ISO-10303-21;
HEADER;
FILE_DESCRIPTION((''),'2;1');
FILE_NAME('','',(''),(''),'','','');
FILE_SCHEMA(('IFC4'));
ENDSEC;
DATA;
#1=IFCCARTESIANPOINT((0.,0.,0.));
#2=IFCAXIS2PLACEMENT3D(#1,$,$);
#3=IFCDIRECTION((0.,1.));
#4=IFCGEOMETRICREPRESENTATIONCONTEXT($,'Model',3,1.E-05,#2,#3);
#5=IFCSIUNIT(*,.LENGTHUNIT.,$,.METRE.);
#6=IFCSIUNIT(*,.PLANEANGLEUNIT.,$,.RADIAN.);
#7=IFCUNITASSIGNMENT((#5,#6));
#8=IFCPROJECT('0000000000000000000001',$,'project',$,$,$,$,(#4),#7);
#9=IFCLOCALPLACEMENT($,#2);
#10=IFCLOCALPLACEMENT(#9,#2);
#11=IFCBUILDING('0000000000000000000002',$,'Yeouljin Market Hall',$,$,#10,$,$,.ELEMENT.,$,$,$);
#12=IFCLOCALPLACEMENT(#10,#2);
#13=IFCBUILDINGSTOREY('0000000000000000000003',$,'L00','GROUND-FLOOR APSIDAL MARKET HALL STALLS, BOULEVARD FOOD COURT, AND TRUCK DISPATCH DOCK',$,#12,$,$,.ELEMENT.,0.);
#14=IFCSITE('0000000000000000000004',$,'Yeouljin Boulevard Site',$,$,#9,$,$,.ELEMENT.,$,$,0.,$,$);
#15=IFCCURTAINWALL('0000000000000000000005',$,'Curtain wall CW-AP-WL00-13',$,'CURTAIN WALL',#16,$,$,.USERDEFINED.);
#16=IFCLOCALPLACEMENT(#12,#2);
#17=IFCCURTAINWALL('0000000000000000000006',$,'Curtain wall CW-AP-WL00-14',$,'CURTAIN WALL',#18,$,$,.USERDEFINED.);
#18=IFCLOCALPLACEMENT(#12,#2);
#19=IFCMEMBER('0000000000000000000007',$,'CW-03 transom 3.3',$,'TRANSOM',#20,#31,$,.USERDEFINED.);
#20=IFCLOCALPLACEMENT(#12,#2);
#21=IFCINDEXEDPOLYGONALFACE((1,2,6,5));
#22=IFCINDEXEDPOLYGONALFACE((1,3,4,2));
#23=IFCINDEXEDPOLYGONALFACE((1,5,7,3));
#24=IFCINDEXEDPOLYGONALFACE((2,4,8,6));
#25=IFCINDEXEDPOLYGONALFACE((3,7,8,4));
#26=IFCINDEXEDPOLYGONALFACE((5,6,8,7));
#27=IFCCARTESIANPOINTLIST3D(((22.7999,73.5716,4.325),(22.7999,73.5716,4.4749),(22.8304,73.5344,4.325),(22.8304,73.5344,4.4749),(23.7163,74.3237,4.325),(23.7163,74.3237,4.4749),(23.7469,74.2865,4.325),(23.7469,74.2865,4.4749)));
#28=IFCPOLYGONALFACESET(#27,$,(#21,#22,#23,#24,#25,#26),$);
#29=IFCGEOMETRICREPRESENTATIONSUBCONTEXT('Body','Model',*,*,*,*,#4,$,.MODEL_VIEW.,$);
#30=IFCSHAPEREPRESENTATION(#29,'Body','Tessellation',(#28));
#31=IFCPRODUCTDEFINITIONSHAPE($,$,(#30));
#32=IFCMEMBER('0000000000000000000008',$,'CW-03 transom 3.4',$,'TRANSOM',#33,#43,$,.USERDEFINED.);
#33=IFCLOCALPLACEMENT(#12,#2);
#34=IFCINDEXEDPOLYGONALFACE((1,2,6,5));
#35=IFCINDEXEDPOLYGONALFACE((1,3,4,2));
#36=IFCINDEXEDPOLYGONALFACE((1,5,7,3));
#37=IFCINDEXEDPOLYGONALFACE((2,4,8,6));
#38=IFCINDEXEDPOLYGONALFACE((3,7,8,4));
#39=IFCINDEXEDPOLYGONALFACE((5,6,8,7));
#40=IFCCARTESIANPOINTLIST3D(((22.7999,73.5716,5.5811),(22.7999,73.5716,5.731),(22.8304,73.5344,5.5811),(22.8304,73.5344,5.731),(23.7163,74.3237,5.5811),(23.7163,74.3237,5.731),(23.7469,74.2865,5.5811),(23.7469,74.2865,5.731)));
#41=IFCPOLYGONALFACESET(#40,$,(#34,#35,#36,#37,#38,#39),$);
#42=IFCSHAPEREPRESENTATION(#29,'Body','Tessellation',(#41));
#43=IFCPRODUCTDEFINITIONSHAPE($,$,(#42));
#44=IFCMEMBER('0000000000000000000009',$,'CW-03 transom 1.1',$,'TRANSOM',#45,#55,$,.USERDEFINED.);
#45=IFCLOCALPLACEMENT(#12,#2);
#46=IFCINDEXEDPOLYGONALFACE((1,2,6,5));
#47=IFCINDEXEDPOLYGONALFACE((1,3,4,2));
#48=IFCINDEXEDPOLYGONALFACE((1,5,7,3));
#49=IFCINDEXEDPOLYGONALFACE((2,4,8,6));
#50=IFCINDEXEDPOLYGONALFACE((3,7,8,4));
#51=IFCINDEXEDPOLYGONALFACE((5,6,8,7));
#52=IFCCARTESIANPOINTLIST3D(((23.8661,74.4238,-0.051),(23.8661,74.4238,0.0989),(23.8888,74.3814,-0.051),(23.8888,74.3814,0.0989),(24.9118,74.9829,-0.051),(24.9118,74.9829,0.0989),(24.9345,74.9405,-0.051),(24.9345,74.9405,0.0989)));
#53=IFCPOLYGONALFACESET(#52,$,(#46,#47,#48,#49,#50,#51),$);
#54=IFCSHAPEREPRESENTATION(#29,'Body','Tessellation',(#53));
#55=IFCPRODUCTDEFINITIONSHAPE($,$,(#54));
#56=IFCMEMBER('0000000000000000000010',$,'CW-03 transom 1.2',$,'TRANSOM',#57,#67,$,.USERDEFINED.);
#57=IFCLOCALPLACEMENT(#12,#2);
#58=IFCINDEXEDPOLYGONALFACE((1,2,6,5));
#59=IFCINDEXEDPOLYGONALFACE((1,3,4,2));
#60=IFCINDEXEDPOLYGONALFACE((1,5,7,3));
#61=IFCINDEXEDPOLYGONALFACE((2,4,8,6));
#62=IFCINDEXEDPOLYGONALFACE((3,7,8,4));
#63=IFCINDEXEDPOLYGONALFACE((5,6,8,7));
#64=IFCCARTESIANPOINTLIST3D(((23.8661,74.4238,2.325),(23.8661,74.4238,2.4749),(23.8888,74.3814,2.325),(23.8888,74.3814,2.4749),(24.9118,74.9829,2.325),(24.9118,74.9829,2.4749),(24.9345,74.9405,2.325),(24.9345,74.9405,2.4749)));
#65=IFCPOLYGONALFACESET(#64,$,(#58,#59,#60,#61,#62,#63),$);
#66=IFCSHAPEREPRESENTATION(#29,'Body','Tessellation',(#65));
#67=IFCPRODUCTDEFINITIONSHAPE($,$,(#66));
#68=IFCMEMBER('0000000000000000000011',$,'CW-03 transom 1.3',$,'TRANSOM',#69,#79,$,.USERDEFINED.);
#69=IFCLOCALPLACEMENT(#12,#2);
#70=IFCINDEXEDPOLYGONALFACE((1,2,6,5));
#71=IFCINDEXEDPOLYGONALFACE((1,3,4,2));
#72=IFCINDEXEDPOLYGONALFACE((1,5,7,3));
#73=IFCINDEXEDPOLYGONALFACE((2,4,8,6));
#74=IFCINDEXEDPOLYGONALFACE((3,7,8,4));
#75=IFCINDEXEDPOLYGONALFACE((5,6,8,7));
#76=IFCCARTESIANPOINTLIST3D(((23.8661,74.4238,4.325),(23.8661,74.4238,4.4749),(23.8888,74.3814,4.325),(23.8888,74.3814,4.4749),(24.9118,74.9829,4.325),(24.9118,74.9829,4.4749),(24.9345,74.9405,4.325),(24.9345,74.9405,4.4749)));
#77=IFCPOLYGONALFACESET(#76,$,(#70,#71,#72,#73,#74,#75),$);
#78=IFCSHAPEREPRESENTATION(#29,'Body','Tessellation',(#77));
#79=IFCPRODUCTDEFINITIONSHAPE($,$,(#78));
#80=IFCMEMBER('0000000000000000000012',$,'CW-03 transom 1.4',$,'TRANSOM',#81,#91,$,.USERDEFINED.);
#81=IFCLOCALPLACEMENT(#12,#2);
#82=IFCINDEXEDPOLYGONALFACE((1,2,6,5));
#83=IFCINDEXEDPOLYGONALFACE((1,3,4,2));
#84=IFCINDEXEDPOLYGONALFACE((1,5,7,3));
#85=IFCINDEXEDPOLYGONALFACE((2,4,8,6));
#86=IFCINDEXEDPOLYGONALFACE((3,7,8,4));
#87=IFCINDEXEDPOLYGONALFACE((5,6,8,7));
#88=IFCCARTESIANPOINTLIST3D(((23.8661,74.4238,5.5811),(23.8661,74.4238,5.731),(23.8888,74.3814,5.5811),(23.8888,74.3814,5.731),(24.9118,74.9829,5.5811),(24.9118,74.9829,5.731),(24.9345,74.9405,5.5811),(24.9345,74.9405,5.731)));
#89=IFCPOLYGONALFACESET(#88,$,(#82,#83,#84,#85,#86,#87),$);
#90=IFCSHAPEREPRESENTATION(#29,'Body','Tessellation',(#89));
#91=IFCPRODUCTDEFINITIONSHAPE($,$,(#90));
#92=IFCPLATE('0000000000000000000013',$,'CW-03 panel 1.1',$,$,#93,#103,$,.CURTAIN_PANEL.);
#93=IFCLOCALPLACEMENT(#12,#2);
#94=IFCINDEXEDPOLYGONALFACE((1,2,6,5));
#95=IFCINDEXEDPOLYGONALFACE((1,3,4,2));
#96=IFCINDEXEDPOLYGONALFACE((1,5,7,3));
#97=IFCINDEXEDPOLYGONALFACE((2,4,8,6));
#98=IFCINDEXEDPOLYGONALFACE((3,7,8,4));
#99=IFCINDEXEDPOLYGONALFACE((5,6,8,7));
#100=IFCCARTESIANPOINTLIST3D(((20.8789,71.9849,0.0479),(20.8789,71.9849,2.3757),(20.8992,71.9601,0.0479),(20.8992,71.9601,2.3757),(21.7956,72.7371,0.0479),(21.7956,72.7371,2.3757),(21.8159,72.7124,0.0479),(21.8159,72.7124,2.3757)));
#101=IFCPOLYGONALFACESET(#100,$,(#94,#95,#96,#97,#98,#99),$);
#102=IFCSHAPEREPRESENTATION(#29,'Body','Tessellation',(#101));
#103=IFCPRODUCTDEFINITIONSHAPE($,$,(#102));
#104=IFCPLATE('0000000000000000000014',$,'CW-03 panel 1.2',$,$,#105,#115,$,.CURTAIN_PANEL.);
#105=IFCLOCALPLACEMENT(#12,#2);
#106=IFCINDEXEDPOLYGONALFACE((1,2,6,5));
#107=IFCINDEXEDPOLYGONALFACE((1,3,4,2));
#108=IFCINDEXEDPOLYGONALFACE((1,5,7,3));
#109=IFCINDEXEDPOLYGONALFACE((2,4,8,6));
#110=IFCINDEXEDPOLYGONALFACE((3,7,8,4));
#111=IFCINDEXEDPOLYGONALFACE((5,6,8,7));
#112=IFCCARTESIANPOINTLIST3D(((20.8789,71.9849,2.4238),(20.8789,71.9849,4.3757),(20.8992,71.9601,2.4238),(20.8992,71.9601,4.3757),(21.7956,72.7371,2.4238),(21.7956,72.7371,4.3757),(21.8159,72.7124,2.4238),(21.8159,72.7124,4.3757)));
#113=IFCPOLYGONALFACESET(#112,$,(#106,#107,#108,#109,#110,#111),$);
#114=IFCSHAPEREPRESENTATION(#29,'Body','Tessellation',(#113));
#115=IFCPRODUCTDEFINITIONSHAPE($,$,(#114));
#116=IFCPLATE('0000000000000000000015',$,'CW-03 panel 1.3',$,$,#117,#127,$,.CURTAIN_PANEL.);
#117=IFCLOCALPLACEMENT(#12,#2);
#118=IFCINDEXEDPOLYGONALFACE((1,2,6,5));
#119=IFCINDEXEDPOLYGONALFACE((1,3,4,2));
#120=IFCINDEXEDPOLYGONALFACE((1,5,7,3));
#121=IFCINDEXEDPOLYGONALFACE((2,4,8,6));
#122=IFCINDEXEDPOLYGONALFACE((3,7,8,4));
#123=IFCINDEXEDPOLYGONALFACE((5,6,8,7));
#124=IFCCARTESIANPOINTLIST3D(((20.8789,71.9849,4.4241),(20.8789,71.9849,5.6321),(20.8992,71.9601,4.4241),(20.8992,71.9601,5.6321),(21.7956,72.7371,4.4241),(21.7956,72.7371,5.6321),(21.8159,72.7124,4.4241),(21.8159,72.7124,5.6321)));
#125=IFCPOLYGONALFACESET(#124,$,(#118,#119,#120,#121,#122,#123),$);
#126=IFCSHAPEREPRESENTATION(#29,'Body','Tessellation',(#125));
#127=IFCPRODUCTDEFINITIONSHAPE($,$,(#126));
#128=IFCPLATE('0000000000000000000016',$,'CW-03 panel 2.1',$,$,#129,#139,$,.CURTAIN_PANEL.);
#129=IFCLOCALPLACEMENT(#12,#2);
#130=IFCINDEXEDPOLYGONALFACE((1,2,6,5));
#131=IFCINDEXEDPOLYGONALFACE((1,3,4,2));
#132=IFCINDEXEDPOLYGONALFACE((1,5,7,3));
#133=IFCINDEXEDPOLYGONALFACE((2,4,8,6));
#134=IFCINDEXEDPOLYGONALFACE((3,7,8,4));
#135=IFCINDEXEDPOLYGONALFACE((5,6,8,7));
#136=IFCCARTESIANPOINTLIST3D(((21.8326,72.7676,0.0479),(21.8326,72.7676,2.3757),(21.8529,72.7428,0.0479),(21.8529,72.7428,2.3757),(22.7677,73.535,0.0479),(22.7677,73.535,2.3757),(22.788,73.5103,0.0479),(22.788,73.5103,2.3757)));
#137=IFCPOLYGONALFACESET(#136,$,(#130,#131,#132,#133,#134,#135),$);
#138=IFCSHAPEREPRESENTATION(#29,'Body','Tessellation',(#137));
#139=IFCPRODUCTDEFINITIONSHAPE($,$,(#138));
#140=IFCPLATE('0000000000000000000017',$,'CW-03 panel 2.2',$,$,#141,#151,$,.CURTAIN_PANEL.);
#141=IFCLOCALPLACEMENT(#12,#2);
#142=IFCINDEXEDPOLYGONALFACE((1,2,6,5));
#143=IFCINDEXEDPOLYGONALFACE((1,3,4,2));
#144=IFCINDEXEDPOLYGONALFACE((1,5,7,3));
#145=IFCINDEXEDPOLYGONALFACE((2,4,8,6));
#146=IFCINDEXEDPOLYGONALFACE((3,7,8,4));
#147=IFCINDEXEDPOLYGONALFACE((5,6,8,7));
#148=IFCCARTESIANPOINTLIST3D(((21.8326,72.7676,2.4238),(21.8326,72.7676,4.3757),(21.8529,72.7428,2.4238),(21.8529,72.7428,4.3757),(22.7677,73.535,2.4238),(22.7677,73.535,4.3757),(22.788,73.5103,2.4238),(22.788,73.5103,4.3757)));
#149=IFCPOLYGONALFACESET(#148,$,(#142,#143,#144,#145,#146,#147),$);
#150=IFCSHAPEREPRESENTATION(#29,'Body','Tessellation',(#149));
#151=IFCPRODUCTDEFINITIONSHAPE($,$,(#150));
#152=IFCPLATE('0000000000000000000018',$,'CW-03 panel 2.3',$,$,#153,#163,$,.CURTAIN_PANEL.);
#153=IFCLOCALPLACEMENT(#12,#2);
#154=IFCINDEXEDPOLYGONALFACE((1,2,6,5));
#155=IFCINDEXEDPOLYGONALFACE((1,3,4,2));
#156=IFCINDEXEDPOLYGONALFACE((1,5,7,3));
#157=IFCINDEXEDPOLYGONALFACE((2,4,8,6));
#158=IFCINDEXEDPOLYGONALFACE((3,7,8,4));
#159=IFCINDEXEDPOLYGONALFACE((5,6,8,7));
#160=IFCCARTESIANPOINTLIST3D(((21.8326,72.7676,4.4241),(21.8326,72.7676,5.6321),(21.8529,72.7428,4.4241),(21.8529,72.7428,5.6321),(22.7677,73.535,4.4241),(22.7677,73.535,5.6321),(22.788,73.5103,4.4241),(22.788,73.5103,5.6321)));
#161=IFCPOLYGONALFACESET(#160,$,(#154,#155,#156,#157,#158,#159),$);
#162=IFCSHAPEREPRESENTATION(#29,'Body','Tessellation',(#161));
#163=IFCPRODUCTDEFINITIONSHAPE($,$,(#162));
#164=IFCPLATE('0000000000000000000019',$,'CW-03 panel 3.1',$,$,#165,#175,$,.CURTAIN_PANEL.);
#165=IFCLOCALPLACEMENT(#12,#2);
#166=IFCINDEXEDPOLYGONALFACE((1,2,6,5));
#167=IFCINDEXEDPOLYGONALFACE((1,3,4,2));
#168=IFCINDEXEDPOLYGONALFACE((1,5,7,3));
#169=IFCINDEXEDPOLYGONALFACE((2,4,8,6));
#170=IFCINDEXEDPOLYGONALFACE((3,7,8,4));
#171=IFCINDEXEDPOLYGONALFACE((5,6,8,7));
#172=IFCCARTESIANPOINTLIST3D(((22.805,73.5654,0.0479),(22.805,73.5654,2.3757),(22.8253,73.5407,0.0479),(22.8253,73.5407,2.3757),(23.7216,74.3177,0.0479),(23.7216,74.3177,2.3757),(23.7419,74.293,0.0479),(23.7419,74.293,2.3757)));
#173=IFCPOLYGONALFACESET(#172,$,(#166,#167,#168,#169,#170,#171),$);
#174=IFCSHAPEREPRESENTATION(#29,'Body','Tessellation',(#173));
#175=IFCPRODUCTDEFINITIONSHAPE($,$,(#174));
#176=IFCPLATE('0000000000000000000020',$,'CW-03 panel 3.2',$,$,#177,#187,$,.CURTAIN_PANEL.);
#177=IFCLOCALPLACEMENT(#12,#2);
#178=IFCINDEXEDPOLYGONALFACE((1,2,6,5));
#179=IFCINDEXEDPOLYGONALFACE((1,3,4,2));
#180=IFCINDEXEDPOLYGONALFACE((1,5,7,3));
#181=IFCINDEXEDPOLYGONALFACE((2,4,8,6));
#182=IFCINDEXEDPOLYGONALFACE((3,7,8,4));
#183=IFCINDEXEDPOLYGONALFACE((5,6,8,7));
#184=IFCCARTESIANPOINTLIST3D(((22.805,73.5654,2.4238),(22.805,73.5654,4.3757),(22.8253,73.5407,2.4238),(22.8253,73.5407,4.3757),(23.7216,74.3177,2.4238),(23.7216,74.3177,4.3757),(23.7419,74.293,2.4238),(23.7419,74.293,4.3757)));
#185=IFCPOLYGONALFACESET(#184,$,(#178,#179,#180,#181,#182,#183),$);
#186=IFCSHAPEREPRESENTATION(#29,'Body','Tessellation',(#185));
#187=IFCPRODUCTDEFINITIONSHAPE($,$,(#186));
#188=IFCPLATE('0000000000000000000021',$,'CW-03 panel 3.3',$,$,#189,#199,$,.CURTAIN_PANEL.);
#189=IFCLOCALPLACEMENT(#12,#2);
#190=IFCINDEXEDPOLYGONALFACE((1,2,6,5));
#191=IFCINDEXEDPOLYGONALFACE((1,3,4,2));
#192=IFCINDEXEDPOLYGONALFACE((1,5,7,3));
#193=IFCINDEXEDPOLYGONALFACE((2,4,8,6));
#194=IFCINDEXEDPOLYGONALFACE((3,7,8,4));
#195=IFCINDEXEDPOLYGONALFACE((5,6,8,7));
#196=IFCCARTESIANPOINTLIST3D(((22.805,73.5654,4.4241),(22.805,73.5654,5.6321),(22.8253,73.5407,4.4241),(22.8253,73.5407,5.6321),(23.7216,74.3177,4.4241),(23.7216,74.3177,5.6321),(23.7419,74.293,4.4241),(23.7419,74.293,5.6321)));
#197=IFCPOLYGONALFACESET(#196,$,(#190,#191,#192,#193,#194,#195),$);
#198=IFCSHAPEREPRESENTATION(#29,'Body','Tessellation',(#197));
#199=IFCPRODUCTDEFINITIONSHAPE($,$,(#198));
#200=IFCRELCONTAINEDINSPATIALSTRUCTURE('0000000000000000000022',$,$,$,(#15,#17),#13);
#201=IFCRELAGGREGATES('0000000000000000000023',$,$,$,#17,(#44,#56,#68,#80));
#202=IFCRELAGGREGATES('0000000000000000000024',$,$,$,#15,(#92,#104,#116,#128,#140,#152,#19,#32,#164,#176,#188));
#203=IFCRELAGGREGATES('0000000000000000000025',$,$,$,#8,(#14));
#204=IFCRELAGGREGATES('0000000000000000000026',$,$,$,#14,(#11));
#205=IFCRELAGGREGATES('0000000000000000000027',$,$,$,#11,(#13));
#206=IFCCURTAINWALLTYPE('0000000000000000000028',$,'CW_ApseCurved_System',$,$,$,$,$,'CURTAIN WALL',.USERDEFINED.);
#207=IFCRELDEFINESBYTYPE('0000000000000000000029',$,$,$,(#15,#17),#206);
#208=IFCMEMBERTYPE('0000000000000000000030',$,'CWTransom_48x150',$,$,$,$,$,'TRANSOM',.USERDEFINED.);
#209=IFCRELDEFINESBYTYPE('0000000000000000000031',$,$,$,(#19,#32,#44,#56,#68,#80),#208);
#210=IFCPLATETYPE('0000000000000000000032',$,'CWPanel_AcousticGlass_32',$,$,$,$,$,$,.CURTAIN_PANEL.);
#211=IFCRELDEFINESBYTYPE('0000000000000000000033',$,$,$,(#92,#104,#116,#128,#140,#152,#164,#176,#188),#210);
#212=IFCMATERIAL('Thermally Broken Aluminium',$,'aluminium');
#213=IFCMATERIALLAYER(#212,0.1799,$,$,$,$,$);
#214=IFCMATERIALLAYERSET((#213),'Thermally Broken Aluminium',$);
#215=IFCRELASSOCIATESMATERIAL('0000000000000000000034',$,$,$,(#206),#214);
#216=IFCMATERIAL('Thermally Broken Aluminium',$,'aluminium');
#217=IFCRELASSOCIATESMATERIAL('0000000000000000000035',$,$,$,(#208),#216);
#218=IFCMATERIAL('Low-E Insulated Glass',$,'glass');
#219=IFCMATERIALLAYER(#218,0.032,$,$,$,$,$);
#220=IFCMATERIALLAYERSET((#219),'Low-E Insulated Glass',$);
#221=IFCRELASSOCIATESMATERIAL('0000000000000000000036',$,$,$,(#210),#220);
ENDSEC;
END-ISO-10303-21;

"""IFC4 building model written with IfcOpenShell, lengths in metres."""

from ifc_helpers import new_model, si_unit, direction, frame, origin, origin_2d, place, context, subcontext, project, spatial, rectangle, extrude, material, layer, layer_set, material_profile, profile_set, type_object, element, aggregate, save


model = new_model("IFC4")

# Units and contexts
model_context = context("Model", 3, precision=1e-05, world=origin(), true_north=direction((0.0, 1.0)))
body_context = subcontext(model_context, "Body", "Model", "MODEL_VIEW")
ifc_project = project(units=[si_unit("LENGTHUNIT", "METRE"), si_unit("PLANEANGLEUNIT", "RADIAN")], contexts=[model_context])

# Site, building, storey
site_placement = place(None, origin())
site = spatial("IfcSite", under=ifc_project, at=site_placement, Name="Yeouljin Boulevard Site", CompositionType="ELEMENT", RefElevation=0.0)
building_placement = place(site_placement, origin())
building = spatial("IfcBuilding", under=site, at=building_placement, Name="Yeouljin Market Hall", CompositionType="ELEMENT")
storey_placement = place(building_placement, origin())
storey = spatial("IfcBuildingStorey", under=building, at=storey_placement, Name="L00", Description="GROUND-FLOOR APSIDAL MARKET HALL STALLS, BOULEVARD FOOD COURT, AND TRUCK DISPATCH DOCK", CompositionType="ELEMENT", Elevation=0.0)

# Curtain wall
ifc_material_1 = material(Name="Thermally Broken Aluminium", Category="aluminium")
ifc_layer_1 = layer(ifc_material_1, 0.1799)
ifc_layer_set_1 = layer_set([ifc_layer_1], Name="Thermally Broken Aluminium")
curtain_wall_type = type_object("IfcCurtainWallType", Name="CW_ApseCurved_System", ElementType="CURTAIN WALL", PredefinedType="USERDEFINED", material=ifc_layer_set_1)
curtain_wall_1_placement = place(storey_placement, origin())
curtain_wall_1 = element("IfcCurtainWall", 1, at=curtain_wall_1_placement, inside=storey, type_object=curtain_wall_type, Name="Curtain wall CW-AP-WL00-13", ObjectType="CURTAIN WALL", PredefinedType="USERDEFINED")

# Curtain wall
curtain_wall_2_placement = place(storey_placement, origin())
curtain_wall_2 = element("IfcCurtainWall", 2, at=curtain_wall_2_placement, inside=storey, type_object=curtain_wall_type, Name="Curtain wall CW-AP-WL00-14", ObjectType="CURTAIN WALL", PredefinedType="USERDEFINED")

# Members
ifc_material_2 = material(Name="Thermally Broken Aluminium", Category="aluminium")
ifc_material_profile_1 = material_profile(ifc_material_2, rectangle(XDim=0.0481, YDim=0.1499, at=origin_2d()), Name="CW-TRAN-48x150")
ifc_profile_set_1 = profile_set([ifc_material_profile_1], Name="Thermally Broken Aluminium")
member_type_1 = type_object("IfcMemberType", Name="CWTransom_48x150", ElementType="TRANSOM", PredefinedType="USERDEFINED", material=ifc_profile_set_1)
member_1_placement = place(storey_placement, frame((22.8152, 73.553, 4.3999), z_axis=(0.772993, 0.634414, 0.0), x_axis=(-0.634414, 0.772993, 0.0)))
member_1 = element("IfcMember", 3, at=member_1_placement, type_object=member_type_1, Name="CW-03 transom 3.3", ObjectType="TRANSOM", PredefinedType="USERDEFINED", context=body_context, shape_type="SweptSolid", body=[
    extrude(rectangle(XDim=0.0481, YDim=0.1499, at=origin_2d()), origin(), (0.0, 0.0, 1.0), 1.1855),
])
member_2_placement = place(storey_placement, frame((22.8152, 73.553, 5.656), z_axis=(0.772993, 0.634414, 0.0), x_axis=(-0.634414, 0.772993, 0.0)))
member_2 = element("IfcMember", 4, at=member_2_placement, type_object=member_type_1, Name="CW-03 transom 3.4", ObjectType="TRANSOM", PredefinedType="USERDEFINED", context=body_context, shape_type="SweptSolid", body=[
    extrude(rectangle(XDim=0.0481, YDim=0.1499, at=origin_2d()), origin(), (0.0, 0.0, 1.0), 1.1855),
])
member_3_placement = place(storey_placement, frame((23.8774, 74.4026, 0.0239), z_axis=(0.881862, 0.471507, 0.0), x_axis=(-0.471507, 0.881862, 0.0)))
member_3 = element("IfcMember", 5, at=member_3_placement, type_object=member_type_1, Name="CW-03 transom 1.1", ObjectType="TRANSOM", PredefinedType="USERDEFINED", context=body_context, shape_type="SweptSolid", body=[
    extrude(rectangle(XDim=0.0481, YDim=0.1499, at=origin_2d()), origin(), (0.0, 0.0, 1.0), 1.1858),
])
member_4_placement = place(storey_placement, frame((23.8774, 74.4026, 2.3999), z_axis=(0.881862, 0.471507, 0.0), x_axis=(-0.471507, 0.881862, 0.0)))
member_4 = element("IfcMember", 6, at=member_4_placement, type_object=member_type_1, Name="CW-03 transom 1.2", ObjectType="TRANSOM", PredefinedType="USERDEFINED", context=body_context, shape_type="SweptSolid", body=[
    extrude(rectangle(XDim=0.0481, YDim=0.1499, at=origin_2d()), origin(), (0.0, 0.0, 1.0), 1.1858),
])
member_5_placement = place(storey_placement, frame((23.8774, 74.4026, 4.3999), z_axis=(0.881862, 0.471507, 0.0), x_axis=(-0.471507, 0.881862, 0.0)))
member_5 = element("IfcMember", 7, at=member_5_placement, type_object=member_type_1, Name="CW-03 transom 1.3", ObjectType="TRANSOM", PredefinedType="USERDEFINED", context=body_context, shape_type="SweptSolid", body=[
    extrude(rectangle(XDim=0.0481, YDim=0.1499, at=origin_2d()), origin(), (0.0, 0.0, 1.0), 1.1858),
])
member_6_placement = place(storey_placement, frame((23.8774, 74.4026, 5.656), z_axis=(0.881862, 0.471507, 0.0), x_axis=(-0.471507, 0.881862, 0.0)))
member_6 = element("IfcMember", 8, at=member_6_placement, type_object=member_type_1, Name="CW-03 transom 1.4", ObjectType="TRANSOM", PredefinedType="USERDEFINED", context=body_context, shape_type="SweptSolid", body=[
    extrude(rectangle(XDim=0.0481, YDim=0.1499, at=origin_2d()), origin(), (0.0, 0.0, 1.0), 1.1858),
])
aggregate(curtain_wall_2, [member_3, member_4, member_5, member_6])

# Plates
ifc_material_3 = material(Name="Low-E Insulated Glass", Category="glass")
ifc_layer_2 = layer(ifc_material_3, 0.032)
ifc_layer_set_2 = layer_set([ifc_layer_2], Name="Low-E Insulated Glass")
plate_type = type_object("IfcPlateType", Name="CWPanel_AcousticGlass_32", PredefinedType="CURTAIN_PANEL", material=ifc_layer_set_2)
plate_1_placement = place(storey_placement, frame((21.3474, 72.3486, 0.0479), z_axis=(0.0, 0.0, 1.0), x_axis=(0.773018, 0.634384, 0.0)))
plate_1 = element("IfcPlate", 9, at=plate_1_placement, type_object=plate_type, Name="CW-03 panel 1.1", PredefinedType="CURTAIN_PANEL", context=body_context, shape_type="SweptSolid", body=[
    extrude(rectangle(XDim=1.1858, YDim=0.032, at=origin_2d()), origin(), (0.0, 0.0, 1.0), 2.3279),
])
plate_2_placement = place(storey_placement, frame((21.3474, 72.3486, 2.4238), z_axis=(0.0, 0.0, 1.0), x_axis=(0.773018, 0.634384, 0.0)))
plate_2 = element("IfcPlate", 10, at=plate_2_placement, type_object=plate_type, Name="CW-03 panel 1.2", PredefinedType="CURTAIN_PANEL", context=body_context, shape_type="SweptSolid", body=[
    extrude(rectangle(XDim=1.1858, YDim=0.032, at=origin_2d()), origin(), (0.0, 0.0, 1.0), 1.9519),
])
plate_3_placement = place(storey_placement, frame((21.3474, 72.3486, 4.4241), z_axis=(0.0, 0.0, 1.0), x_axis=(0.773018, 0.634384, 0.0)))
plate_3 = element("IfcPlate", 11, at=plate_3_placement, type_object=plate_type, Name="CW-03 panel 1.3", PredefinedType="CURTAIN_PANEL", context=body_context, shape_type="SweptSolid", body=[
    extrude(rectangle(XDim=1.1858, YDim=0.032, at=origin_2d()), origin(), (0.0, 0.0, 1.0), 1.208),
])
plate_4_placement = place(storey_placement, frame((22.3103, 73.1389, 0.0479), z_axis=(0.0, 0.0, 1.0), x_axis=(0.773018, 0.634384, 0.0)))
plate_4 = element("IfcPlate", 12, at=plate_4_placement, type_object=plate_type, Name="CW-03 panel 2.1", PredefinedType="CURTAIN_PANEL", context=body_context, shape_type="SweptSolid", body=[
    extrude(rectangle(XDim=1.2097, YDim=0.032, at=origin_2d()), origin(), (0.0, 0.0, 1.0), 2.3279),
])
plate_5_placement = place(storey_placement, frame((22.3103, 73.1389, 2.4238), z_axis=(0.0, 0.0, 1.0), x_axis=(0.773018, 0.634384, 0.0)))
plate_5 = element("IfcPlate", 13, at=plate_5_placement, type_object=plate_type, Name="CW-03 panel 2.2", PredefinedType="CURTAIN_PANEL", context=body_context, shape_type="SweptSolid", body=[
    extrude(rectangle(XDim=1.2097, YDim=0.032, at=origin_2d()), origin(), (0.0, 0.0, 1.0), 1.9519),
])
plate_6_placement = place(storey_placement, frame((22.3103, 73.1389, 4.4241), z_axis=(0.0, 0.0, 1.0), x_axis=(0.773018, 0.634384, 0.0)))
plate_6 = element("IfcPlate", 14, at=plate_6_placement, type_object=plate_type, Name="CW-03 panel 2.3", PredefinedType="CURTAIN_PANEL", context=body_context, shape_type="SweptSolid", body=[
    extrude(rectangle(XDim=1.2097, YDim=0.032, at=origin_2d()), origin(), (0.0, 0.0, 1.0), 1.208),
])
plate_7_placement = place(storey_placement, frame((23.2734, 73.9292, 0.0479), z_axis=(0.0, 0.0, 1.0), x_axis=(0.773018, 0.634384, 0.0)))
plate_7 = element("IfcPlate", 15, at=plate_7_placement, type_object=plate_type, Name="CW-03 panel 3.1", PredefinedType="CURTAIN_PANEL", context=body_context, shape_type="SweptSolid", body=[
    extrude(rectangle(XDim=1.1858, YDim=0.032, at=origin_2d()), origin(), (0.0, 0.0, 1.0), 2.3279),
])
plate_8_placement = place(storey_placement, frame((23.2734, 73.9292, 2.4238), z_axis=(0.0, 0.0, 1.0), x_axis=(0.773018, 0.634384, 0.0)))
plate_8 = element("IfcPlate", 16, at=plate_8_placement, type_object=plate_type, Name="CW-03 panel 3.2", PredefinedType="CURTAIN_PANEL", context=body_context, shape_type="SweptSolid", body=[
    extrude(rectangle(XDim=1.1858, YDim=0.032, at=origin_2d()), origin(), (0.0, 0.0, 1.0), 1.9519),
])
plate_9_placement = place(storey_placement, frame((23.2734, 73.9292, 4.4241), z_axis=(0.0, 0.0, 1.0), x_axis=(0.773018, 0.634384, 0.0)))
plate_9 = element("IfcPlate", 17, at=plate_9_placement, type_object=plate_type, Name="CW-03 panel 3.3", PredefinedType="CURTAIN_PANEL", context=body_context, shape_type="SweptSolid", body=[
    extrude(rectangle(XDim=1.1858, YDim=0.032, at=origin_2d()), origin(), (0.0, 0.0, 1.0), 1.208),
])
aggregate(curtain_wall_1, [plate_1, plate_2, plate_3, plate_4, plate_5, plate_6, member_1, member_2, plate_7, plate_8, plate_9])

save(model, "model.ifc")
